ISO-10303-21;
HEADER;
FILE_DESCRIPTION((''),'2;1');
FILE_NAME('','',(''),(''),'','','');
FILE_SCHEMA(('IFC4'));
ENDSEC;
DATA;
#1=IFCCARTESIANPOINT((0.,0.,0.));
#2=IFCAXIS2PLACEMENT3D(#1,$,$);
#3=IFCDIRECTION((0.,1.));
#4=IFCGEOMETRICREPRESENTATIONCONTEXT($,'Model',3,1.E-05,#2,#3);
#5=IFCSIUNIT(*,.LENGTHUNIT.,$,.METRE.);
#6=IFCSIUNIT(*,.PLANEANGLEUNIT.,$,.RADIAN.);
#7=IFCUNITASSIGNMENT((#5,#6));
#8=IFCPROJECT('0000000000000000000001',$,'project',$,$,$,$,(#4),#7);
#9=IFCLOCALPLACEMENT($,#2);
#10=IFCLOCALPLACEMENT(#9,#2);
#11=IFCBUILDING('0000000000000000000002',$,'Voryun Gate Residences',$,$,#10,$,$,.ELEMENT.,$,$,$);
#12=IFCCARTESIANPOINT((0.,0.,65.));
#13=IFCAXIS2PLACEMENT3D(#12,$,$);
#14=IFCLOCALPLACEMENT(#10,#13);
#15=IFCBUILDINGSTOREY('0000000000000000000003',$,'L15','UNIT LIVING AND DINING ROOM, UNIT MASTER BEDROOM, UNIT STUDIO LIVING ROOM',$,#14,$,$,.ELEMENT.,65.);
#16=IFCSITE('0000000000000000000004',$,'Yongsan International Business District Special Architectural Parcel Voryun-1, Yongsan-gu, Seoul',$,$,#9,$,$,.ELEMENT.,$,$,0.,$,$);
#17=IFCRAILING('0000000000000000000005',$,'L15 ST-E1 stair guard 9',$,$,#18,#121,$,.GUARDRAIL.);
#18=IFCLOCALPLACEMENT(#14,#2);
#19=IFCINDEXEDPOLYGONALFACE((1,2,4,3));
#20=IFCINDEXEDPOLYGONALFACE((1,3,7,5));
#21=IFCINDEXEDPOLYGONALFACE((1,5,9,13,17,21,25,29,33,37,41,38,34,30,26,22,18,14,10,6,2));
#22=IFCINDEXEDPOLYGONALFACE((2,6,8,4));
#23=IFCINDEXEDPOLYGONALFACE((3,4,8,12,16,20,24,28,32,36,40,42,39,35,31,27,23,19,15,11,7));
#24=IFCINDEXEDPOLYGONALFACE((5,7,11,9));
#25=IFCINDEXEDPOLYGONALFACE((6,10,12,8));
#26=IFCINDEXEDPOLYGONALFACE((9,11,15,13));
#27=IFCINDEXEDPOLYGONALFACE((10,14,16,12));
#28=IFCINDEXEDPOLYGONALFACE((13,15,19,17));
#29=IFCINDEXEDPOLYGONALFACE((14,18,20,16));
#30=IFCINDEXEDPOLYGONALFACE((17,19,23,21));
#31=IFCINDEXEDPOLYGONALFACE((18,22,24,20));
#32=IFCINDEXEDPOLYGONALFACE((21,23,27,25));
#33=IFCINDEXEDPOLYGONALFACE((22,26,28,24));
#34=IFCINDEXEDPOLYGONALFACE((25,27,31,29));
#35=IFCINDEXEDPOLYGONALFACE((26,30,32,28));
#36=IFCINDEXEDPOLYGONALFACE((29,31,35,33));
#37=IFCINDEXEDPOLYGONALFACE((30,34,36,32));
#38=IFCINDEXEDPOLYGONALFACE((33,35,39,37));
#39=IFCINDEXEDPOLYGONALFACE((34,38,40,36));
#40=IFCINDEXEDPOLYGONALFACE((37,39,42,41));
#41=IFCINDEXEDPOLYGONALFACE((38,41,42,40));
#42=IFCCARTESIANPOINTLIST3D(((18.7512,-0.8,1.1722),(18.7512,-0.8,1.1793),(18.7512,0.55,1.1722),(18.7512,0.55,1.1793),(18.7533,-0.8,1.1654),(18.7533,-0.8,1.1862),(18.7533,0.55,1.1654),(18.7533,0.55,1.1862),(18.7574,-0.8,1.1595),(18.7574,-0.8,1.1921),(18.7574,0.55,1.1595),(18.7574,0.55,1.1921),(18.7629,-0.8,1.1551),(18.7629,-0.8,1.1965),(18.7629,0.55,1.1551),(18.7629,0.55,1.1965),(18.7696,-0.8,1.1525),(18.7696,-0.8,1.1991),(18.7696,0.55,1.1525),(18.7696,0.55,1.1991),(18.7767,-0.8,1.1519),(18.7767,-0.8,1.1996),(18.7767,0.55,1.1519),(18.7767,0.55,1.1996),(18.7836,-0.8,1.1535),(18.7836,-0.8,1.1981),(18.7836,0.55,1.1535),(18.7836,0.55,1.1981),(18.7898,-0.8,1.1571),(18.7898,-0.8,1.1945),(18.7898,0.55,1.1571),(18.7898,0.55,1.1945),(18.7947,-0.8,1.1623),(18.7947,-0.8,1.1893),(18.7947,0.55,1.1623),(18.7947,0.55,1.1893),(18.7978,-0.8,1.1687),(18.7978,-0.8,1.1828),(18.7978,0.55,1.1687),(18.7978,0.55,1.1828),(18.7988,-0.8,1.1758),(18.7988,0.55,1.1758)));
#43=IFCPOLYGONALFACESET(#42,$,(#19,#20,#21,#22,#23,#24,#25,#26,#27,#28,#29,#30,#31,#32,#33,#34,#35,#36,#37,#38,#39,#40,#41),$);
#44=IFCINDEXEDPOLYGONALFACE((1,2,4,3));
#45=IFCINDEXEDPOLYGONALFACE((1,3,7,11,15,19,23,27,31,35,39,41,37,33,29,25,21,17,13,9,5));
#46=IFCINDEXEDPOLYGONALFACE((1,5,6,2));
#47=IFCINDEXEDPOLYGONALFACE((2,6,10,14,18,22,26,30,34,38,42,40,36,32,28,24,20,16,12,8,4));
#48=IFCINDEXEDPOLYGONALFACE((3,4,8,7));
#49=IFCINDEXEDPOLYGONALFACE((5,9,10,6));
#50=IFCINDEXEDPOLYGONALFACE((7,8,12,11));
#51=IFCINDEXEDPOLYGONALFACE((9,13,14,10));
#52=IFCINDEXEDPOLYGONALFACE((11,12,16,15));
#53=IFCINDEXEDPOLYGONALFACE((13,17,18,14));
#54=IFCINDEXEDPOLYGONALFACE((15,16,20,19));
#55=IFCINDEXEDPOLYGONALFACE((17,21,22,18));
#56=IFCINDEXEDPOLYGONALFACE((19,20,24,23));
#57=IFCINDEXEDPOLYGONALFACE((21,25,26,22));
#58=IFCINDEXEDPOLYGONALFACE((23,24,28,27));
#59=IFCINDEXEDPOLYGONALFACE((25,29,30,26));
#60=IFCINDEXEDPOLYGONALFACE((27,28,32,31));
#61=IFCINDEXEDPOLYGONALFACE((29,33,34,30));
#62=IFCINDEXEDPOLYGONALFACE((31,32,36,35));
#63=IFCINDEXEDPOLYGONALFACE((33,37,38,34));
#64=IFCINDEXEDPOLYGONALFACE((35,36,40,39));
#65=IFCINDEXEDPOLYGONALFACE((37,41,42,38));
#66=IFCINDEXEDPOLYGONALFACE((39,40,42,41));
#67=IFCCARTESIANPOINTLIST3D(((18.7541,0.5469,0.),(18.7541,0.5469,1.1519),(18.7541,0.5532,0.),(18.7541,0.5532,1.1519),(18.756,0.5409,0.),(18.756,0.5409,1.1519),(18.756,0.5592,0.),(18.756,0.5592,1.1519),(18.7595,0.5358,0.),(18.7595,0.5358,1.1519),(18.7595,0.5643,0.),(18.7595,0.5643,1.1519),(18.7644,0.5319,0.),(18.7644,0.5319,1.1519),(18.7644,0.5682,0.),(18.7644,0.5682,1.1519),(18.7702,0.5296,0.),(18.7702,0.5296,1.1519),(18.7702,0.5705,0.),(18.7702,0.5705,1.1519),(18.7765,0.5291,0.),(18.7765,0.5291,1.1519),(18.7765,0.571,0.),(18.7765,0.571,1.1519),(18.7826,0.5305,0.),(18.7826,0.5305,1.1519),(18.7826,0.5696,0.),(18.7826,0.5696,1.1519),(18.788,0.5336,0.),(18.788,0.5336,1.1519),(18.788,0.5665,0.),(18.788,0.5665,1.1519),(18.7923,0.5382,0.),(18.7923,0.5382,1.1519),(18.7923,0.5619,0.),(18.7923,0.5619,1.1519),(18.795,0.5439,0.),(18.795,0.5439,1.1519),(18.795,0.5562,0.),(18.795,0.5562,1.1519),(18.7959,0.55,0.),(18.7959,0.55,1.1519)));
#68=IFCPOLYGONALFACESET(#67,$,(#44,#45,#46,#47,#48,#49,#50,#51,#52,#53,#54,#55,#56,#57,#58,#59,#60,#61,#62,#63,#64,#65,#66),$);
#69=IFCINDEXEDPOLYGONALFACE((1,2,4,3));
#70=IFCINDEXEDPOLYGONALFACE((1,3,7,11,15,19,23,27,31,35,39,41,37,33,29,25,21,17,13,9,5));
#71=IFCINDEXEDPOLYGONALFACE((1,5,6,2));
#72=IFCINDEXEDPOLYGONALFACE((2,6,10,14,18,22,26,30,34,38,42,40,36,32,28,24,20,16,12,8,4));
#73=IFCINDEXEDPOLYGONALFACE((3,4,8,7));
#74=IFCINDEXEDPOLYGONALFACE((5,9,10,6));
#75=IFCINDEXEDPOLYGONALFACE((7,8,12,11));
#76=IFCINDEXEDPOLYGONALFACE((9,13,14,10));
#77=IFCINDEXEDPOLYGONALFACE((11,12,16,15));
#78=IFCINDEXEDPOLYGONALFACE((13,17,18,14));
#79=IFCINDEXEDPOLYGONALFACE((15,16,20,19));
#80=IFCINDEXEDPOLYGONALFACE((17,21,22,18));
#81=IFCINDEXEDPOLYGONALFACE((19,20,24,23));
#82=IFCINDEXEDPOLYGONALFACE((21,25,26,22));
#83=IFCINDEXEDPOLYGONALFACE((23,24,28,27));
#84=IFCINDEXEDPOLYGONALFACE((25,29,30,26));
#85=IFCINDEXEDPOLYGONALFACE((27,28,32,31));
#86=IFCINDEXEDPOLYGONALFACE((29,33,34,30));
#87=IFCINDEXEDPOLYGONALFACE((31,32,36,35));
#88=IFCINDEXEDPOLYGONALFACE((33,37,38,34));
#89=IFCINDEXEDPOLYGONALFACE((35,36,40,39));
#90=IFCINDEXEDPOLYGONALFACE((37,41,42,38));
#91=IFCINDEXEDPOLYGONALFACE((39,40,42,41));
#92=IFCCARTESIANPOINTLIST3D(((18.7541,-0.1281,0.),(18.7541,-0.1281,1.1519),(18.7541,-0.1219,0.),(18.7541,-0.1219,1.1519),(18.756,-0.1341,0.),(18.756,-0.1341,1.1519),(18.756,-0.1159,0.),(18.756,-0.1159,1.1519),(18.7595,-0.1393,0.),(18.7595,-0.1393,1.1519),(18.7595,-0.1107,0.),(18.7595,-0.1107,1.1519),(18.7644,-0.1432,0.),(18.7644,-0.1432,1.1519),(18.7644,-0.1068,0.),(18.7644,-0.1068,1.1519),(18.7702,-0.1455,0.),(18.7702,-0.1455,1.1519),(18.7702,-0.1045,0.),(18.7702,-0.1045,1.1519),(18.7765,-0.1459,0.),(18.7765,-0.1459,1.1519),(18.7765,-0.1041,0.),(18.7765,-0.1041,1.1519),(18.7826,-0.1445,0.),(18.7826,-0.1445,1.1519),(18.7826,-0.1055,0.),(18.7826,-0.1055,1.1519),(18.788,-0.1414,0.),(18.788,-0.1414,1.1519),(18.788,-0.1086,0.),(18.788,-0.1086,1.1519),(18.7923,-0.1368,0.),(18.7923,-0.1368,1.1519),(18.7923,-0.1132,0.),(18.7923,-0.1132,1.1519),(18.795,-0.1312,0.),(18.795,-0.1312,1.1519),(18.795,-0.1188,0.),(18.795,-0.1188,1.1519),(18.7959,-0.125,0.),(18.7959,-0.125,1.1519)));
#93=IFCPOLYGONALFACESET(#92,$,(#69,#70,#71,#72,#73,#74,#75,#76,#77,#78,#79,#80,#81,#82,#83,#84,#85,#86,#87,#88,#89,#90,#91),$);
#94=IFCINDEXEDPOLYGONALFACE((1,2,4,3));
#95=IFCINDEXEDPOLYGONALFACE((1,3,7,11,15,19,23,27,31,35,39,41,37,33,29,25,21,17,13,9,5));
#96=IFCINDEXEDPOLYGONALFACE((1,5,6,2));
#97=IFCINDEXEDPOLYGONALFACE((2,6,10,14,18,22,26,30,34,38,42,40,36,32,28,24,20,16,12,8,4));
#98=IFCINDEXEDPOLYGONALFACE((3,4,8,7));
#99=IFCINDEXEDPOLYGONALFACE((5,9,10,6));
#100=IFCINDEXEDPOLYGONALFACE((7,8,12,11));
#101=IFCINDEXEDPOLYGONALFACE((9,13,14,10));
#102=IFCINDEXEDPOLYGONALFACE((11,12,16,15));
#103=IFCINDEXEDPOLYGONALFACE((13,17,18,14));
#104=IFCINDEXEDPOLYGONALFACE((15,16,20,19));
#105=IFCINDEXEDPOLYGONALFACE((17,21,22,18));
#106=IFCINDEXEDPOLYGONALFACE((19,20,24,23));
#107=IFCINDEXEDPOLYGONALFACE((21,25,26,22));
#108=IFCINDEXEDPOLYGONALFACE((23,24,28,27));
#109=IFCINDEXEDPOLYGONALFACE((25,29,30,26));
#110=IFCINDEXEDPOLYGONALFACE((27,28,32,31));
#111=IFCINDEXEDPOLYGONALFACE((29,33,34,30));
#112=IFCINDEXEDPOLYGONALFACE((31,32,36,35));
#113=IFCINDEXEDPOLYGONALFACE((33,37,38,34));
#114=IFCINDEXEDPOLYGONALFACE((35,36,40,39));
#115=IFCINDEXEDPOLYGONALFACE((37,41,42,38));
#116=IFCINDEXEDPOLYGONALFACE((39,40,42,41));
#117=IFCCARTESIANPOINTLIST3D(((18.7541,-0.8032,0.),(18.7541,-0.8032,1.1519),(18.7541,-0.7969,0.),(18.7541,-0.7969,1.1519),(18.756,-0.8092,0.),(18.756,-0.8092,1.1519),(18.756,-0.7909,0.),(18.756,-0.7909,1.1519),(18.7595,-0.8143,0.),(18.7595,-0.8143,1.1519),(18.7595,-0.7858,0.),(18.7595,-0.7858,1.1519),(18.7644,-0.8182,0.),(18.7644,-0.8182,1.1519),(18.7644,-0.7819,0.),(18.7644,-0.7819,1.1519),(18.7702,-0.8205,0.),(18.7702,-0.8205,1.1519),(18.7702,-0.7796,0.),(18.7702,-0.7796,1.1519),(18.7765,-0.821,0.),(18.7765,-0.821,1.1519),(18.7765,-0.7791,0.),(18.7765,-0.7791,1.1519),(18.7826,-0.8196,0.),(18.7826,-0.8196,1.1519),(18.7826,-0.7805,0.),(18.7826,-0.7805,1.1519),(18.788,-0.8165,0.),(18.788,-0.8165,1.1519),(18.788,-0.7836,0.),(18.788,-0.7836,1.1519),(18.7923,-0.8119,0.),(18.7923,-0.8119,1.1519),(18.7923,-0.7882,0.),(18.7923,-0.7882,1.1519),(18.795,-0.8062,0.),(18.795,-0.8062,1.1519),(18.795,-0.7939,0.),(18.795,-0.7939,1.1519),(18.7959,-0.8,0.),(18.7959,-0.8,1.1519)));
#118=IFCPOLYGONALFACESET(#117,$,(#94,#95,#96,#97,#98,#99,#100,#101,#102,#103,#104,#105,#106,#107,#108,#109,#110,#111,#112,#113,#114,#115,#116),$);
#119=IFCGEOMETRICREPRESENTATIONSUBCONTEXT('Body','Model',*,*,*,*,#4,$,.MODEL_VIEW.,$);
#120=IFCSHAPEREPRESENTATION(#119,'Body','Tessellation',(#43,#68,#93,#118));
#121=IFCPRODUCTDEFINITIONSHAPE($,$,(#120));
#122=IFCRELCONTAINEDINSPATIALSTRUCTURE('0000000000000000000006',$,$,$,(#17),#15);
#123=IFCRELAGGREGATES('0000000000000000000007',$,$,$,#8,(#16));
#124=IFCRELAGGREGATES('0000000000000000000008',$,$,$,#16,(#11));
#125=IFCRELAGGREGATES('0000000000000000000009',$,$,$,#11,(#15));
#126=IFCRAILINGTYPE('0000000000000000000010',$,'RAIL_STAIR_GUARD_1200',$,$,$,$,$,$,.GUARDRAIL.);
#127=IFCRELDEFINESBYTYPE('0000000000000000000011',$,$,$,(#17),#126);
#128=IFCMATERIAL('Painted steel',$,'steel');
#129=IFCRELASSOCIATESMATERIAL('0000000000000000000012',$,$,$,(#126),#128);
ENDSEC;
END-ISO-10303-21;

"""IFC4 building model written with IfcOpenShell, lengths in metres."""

from ifc_helpers import new_model, si_unit, direction, frame, origin, origin_2d, place, context, subcontext, project, spatial, circle, extrude, material, type_object, element, save


model = new_model("IFC4")

# Units and contexts
model_context = context("Model", 3, precision=1e-05, world=origin(), true_north=direction((0.0, 1.0)))
body_context = subcontext(model_context, "Body", "Model", "MODEL_VIEW")
ifc_project = project(units=[si_unit("LENGTHUNIT", "METRE"), si_unit("PLANEANGLEUNIT", "RADIAN")], contexts=[model_context])

# Site, building, storey
site_placement = place(None, origin())
site = spatial("IfcSite", under=ifc_project, at=site_placement, Name="Yongsan International Business District Special Architectural Parcel Voryun-1, Yongsan-gu, Seoul", CompositionType="ELEMENT", RefElevation=0.0)
building_placement = place(site_placement, origin())
building = spatial("IfcBuilding", under=site, at=building_placement, Name="Voryun Gate Residences", CompositionType="ELEMENT")
storey_placement = place(building_placement, frame((0.0, 0.0, 65.0)))
storey = spatial("IfcBuildingStorey", under=building, at=storey_placement, Name="L15", Description="UNIT LIVING AND DINING ROOM, UNIT MASTER BEDROOM, UNIT STUDIO LIVING ROOM", CompositionType="ELEMENT", Elevation=65.0)

# Railing
ifc_material_1 = material(Name="Painted steel", Category="steel")
railing_type = type_object("IfcRailingType", Name="RAIL_STAIR_GUARD_1200", PredefinedType="GUARDRAIL", material=ifc_material_1)
for number, where, name in (
    (1, (18.7749, 0.55, 0.0), "L15 ST-E1 stair guard 9"),
):
    element("IfcRailing", number, at=place(storey_placement, frame(where)), inside=storey, type_object=railing_type, Name=name, PredefinedType="GUARDRAIL", context=body_context, shape_type="SweptSolid", body=[
        extrude(circle(Radius=0.0239, at=origin_2d()), frame((0.0, 0.0, 1.1758), z_axis=(0.0, -1.0, 0.0), x_axis=(1.0, 0.0, 0.0)), (0.0, 0.0, 1.0), 1.3501),
        extrude(circle(Radius=0.021, at=origin_2d()), origin(), (0.0, 0.0, 1.0), 1.1519),
        extrude(circle(Radius=0.021, at=origin_2d()), frame((0.0, -0.675, 0.0)), (0.0, 0.0, 1.0), 1.1519),
        extrude(circle(Radius=0.021, at=origin_2d()), frame((0.0, -1.3501, 0.0)), (0.0, 0.0, 1.0), 1.1519),
    ])

save(model, "model.ifc")
